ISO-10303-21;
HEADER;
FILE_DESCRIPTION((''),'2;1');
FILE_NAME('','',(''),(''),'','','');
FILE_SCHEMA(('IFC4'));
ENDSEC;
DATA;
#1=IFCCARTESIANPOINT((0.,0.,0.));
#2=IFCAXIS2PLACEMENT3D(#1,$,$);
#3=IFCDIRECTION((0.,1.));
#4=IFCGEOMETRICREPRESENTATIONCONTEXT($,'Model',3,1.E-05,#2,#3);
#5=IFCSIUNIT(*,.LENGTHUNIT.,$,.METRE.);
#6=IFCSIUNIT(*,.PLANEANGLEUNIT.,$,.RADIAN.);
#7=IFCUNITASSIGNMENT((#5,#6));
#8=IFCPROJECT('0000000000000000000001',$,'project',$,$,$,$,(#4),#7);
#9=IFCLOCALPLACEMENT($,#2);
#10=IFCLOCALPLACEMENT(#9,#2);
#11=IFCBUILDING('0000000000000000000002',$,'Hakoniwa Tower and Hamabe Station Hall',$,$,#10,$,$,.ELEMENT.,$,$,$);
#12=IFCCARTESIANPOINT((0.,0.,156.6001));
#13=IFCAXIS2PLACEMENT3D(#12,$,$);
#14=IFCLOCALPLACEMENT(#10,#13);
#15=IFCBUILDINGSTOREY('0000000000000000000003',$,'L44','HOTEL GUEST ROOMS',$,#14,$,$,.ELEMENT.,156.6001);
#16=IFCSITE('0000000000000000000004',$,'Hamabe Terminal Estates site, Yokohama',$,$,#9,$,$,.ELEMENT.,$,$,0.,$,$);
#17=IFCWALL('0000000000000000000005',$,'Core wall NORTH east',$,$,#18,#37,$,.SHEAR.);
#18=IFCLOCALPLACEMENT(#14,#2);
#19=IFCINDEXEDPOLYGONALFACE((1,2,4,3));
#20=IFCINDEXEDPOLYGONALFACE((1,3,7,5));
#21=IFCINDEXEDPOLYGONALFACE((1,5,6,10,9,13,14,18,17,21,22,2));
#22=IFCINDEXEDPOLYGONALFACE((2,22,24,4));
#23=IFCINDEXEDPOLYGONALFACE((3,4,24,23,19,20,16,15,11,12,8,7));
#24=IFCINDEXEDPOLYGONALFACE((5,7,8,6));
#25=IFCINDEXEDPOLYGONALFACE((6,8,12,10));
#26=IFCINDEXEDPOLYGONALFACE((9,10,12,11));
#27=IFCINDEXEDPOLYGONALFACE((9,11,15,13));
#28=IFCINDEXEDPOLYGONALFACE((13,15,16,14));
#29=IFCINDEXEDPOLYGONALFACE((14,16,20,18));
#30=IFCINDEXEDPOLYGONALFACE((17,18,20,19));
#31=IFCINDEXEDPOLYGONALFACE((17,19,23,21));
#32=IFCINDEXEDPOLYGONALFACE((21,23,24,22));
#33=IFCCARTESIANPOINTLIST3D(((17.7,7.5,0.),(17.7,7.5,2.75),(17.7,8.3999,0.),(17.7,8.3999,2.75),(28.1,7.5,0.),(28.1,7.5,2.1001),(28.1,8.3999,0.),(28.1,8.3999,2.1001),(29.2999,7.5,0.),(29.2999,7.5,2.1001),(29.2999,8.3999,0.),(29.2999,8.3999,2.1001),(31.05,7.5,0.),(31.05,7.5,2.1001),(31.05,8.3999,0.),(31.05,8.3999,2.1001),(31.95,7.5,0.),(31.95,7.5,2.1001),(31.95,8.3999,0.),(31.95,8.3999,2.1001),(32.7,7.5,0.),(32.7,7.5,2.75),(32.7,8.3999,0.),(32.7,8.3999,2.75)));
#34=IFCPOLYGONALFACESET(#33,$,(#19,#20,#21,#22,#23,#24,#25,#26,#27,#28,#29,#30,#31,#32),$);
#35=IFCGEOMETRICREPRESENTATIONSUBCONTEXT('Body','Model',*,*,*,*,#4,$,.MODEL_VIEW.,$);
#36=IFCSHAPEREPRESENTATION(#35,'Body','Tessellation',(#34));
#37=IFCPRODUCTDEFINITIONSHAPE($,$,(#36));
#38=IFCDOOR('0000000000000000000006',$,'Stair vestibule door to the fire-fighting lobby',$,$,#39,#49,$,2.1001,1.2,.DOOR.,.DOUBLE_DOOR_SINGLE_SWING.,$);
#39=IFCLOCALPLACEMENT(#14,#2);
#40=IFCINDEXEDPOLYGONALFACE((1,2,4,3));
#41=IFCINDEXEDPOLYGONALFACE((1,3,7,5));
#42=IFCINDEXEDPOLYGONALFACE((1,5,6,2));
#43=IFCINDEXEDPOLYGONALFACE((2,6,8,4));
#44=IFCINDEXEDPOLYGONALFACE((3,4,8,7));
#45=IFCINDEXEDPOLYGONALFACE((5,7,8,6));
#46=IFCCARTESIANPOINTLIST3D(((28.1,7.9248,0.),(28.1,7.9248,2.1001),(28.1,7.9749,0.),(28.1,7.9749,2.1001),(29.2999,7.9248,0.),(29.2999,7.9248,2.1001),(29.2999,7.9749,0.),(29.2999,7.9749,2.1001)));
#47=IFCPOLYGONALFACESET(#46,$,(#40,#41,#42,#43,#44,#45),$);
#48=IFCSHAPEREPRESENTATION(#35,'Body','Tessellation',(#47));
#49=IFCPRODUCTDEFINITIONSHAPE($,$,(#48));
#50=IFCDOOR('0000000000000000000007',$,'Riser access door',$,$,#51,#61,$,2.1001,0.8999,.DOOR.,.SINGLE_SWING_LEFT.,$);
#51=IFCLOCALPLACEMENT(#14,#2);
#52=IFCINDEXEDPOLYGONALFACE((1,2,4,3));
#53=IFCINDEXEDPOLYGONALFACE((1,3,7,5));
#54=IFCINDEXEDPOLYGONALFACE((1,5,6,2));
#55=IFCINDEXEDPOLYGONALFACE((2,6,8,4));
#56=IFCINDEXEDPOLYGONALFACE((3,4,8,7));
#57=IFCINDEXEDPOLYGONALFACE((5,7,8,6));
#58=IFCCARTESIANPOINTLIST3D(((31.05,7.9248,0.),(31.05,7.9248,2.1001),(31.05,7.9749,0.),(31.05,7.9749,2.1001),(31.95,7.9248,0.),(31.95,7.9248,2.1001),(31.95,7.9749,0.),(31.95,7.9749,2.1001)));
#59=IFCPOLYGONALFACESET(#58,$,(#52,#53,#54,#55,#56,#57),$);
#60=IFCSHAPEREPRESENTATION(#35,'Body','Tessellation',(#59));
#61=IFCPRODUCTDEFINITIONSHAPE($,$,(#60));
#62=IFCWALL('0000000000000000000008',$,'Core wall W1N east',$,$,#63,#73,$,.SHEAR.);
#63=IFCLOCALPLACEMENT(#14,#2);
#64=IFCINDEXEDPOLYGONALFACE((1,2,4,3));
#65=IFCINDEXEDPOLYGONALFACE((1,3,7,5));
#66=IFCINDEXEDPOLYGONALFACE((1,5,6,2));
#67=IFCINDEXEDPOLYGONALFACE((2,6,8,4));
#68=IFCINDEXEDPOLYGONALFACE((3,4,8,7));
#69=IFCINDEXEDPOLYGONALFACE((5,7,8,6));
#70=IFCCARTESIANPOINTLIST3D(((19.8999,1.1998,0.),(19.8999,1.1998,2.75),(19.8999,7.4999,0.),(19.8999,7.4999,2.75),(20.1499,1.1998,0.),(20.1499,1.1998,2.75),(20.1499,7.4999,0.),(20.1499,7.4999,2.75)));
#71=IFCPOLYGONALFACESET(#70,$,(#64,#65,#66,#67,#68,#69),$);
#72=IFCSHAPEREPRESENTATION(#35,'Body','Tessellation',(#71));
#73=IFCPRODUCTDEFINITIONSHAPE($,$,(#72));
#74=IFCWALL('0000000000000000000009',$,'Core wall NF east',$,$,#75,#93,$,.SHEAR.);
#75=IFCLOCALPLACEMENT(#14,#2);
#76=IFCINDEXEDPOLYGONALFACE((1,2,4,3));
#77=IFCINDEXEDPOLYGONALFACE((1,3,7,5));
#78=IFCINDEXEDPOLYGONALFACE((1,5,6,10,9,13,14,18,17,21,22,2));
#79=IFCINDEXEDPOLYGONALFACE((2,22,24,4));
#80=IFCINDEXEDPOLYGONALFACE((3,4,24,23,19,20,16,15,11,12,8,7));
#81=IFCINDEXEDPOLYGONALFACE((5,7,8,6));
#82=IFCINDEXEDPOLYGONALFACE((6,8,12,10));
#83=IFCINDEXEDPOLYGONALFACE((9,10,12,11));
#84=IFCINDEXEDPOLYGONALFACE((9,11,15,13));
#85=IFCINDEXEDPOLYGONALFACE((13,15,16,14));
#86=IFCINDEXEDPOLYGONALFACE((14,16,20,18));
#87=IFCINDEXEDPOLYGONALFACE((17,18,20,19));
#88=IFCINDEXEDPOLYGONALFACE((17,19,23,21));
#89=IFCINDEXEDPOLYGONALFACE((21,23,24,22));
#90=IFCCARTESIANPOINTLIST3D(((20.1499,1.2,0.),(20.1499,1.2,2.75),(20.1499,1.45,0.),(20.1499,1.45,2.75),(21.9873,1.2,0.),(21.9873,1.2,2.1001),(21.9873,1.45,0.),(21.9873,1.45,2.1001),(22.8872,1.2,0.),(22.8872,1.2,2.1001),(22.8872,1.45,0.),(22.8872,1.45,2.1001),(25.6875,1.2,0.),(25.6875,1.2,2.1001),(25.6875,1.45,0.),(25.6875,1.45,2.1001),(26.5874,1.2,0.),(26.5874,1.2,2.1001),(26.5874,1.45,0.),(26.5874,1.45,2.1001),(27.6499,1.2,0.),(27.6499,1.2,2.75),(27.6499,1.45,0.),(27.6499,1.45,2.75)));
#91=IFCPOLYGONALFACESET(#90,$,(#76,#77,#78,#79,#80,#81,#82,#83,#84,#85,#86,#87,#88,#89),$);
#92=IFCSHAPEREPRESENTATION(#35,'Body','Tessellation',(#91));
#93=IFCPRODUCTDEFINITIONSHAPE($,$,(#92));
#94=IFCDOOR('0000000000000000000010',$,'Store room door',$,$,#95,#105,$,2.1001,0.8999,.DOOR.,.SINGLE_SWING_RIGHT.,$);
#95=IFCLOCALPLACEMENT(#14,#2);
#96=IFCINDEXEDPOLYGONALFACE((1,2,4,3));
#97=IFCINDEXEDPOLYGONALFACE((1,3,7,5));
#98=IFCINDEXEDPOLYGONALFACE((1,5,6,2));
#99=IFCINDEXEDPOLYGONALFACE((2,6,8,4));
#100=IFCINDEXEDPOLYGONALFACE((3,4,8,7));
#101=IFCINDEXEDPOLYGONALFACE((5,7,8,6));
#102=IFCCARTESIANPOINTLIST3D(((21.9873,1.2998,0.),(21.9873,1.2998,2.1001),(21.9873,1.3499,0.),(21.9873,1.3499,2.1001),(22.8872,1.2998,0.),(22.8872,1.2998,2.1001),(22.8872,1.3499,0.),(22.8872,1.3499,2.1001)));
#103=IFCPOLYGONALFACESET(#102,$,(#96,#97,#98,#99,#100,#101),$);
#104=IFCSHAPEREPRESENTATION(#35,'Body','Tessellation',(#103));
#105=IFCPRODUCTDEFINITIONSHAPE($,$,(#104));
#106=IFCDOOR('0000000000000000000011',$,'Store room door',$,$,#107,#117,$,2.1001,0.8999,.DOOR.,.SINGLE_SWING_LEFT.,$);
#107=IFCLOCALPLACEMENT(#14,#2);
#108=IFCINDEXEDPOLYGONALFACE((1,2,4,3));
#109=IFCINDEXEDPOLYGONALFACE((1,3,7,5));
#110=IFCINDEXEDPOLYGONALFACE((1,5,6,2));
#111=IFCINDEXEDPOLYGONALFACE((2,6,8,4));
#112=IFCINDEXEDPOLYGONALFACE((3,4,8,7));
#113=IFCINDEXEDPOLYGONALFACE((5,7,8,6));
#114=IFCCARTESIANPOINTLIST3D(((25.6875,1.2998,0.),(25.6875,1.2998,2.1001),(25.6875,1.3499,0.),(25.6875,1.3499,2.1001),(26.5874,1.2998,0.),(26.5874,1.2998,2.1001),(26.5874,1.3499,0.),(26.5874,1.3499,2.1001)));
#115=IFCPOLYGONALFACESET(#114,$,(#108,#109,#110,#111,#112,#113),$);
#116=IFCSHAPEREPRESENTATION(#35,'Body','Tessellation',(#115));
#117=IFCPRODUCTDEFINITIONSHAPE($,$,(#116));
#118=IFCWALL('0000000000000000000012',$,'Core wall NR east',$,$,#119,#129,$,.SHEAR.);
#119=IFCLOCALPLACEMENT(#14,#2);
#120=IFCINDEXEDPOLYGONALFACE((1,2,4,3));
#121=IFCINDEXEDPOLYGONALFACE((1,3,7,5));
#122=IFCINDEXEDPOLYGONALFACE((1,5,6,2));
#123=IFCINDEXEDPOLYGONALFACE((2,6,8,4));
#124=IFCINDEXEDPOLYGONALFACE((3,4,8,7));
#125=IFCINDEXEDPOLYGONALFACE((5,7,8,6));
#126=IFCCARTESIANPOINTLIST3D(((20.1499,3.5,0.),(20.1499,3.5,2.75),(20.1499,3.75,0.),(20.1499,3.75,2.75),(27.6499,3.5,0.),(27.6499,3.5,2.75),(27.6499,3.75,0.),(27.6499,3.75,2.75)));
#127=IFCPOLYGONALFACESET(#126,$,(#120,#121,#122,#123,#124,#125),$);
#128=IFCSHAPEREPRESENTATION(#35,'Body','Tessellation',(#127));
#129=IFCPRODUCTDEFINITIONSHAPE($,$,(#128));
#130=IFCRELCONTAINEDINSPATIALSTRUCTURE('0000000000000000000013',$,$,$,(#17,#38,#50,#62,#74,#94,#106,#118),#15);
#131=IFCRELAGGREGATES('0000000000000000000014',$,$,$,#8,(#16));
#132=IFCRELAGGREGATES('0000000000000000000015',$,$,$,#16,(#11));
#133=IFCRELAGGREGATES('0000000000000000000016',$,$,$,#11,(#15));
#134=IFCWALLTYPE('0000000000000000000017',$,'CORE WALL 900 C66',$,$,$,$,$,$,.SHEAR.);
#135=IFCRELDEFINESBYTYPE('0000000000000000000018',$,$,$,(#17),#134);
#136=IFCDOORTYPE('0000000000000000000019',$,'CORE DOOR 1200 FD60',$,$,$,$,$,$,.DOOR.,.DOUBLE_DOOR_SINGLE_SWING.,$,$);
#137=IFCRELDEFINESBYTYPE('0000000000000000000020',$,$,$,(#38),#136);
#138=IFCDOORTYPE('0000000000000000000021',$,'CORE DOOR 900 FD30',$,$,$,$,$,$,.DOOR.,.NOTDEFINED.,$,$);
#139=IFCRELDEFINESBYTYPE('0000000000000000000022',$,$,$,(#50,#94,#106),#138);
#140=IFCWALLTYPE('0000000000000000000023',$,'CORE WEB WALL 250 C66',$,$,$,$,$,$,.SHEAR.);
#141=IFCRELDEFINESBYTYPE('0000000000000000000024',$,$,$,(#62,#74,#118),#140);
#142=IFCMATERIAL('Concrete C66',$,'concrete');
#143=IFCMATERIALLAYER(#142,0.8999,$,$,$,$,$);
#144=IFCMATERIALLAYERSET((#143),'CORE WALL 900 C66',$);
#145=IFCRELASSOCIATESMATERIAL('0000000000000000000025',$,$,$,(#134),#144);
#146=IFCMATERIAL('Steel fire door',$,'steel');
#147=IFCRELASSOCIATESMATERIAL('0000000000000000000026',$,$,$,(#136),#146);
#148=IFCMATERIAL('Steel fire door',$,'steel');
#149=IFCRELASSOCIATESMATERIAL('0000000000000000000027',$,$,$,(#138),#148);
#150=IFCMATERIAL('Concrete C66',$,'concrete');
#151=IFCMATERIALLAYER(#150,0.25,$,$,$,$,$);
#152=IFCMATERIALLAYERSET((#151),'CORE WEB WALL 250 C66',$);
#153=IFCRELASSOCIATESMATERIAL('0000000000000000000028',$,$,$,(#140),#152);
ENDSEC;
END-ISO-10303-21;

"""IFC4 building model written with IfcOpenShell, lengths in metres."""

from ifc_helpers import new_model, si_unit, direction, frame, frame_2d, origin, place, context, subcontext, project, spatial, rectangle, extrude, material, layer, layer_set, type_object, element, fill, save


model = new_model("IFC4")

# Units and contexts
model_context = context("Model", 3, precision=1e-05, world=origin(), true_north=direction((0.0, 1.0)))
body_context = subcontext(model_context, "Body", "Model", "MODEL_VIEW")
ifc_project = project(units=[si_unit("LENGTHUNIT", "METRE"), si_unit("PLANEANGLEUNIT", "RADIAN")], contexts=[model_context])

# Site, building, storey
site_placement = place(None, origin())
site = spatial("IfcSite", under=ifc_project, at=site_placement, Name="Hamabe Terminal Estates site, Yokohama", CompositionType="ELEMENT", RefElevation=0.0)
building_placement = place(site_placement, origin())
building = spatial("IfcBuilding", under=site, at=building_placement, Name="Hakoniwa Tower and Hamabe Station Hall", CompositionType="ELEMENT")
storey_placement = place(building_placement, frame((0.0, 0.0, 156.6001)))
storey = spatial("IfcBuildingStorey", under=building, at=storey_placement, Name="L44", Description="HOTEL GUEST ROOMS", CompositionType="ELEMENT", Elevation=156.6001)

# Wall, openings, doors
ifc_material_1 = material(Name="Concrete C66", Category="concrete")
ifc_layer_1 = layer(ifc_material_1, 0.8999)
ifc_layer_set_1 = layer_set([ifc_layer_1], Name="CORE WALL 900 C66")
wall_type_1 = type_object("IfcWallType", Name="CORE WALL 900 C66", PredefinedType="SHEAR", material=ifc_layer_set_1)
wall_1_placement = place(storey_placement, frame((17.7, 7.95, 0.0), z_axis=(0.0, 0.0, 1.0), x_axis=(1.0, 0.0, 0.0)))
wall_1 = element("IfcWall", 1, at=wall_1_placement, inside=storey, type_object=wall_type_1, Name="Core wall NORTH east", PredefinedType="SHEAR", context=body_context, shape_type="SweptSolid", body=[
    extrude(rectangle(XDim=15.0, YDim=0.8999, at=frame_2d((7.5, 0.0))), origin(), (0.0, 0.0, 1.0), 2.75),
])
opening_1_placement = place(wall_1_placement, frame((10.3999, 0.0, 0.0)))
opening_1 = element("IfcOpeningElement", 2, at=opening_1_placement, cuts=wall_1, PredefinedType="OPENING", context=body_context, shape_type="SweptSolid", body=[
    extrude(rectangle(XDim=1.2, YDim=2.1001, at=frame_2d((0.6001, 1.05))), frame((0.0, 0.46, 0.0), z_axis=(0.0, -1.0, 0.0), x_axis=(1.0, 0.0, 0.0)), (0.0, 0.0, 1.0), 0.9199),
])
opening_2_placement = place(wall_1_placement, frame((13.3501, 0.0, 0.0)))
opening_2 = element("IfcOpeningElement", 3, at=opening_2_placement, cuts=wall_1, PredefinedType="OPENING", context=body_context, shape_type="SweptSolid", body=[
    extrude(rectangle(XDim=0.8999, YDim=2.1001, at=frame_2d((0.45, 1.05))), frame((0.0, 0.46, 0.0), z_axis=(0.0, -1.0, 0.0), x_axis=(1.0, 0.0, 0.0)), (0.0, 0.0, 1.0), 0.9199),
])
ifc_material_2 = material(Name="Steel fire door", Category="steel")
door_type_1 = type_object("IfcDoorType", Name="CORE DOOR 1200 FD60", OperationType="DOUBLE_DOOR_SINGLE_SWING", PredefinedType="DOOR", material=ifc_material_2)
door_1_placement = place(opening_1_placement, origin())
door_1 = element("IfcDoor", 4, at=door_1_placement, inside=storey, type_object=door_type_1, Name="Stair vestibule door to the fire-fighting lobby", OperationType="DOUBLE_DOOR_SINGLE_SWING", OverallHeight=2.1001, OverallWidth=1.2, PredefinedType="DOOR", context=body_context, shape_type="SweptSolid", body=[
    extrude(rectangle(XDim=1.2, YDim=2.1001, at=frame_2d((0.6001, 1.05))), frame((0.0, 0.0249, 0.0), z_axis=(0.0, -1.0, 0.0), x_axis=(1.0, 0.0, 0.0)), (0.0, 0.0, 1.0), 0.05),
])
fill(opening_1, door_1)
ifc_material_3 = material(Name="Steel fire door", Category="steel")
door_type_2 = type_object("IfcDoorType", Name="CORE DOOR 900 FD30", OperationType="NOTDEFINED", PredefinedType="DOOR", material=ifc_material_3)
door_2_placement = place(opening_2_placement, origin())
door_2 = element("IfcDoor", 5, at=door_2_placement, inside=storey, type_object=door_type_2, Name="Riser access door", OperationType="SINGLE_SWING_LEFT", OverallHeight=2.1001, OverallWidth=0.8999, PredefinedType="DOOR", context=body_context, shape_type="SweptSolid", body=[
    extrude(rectangle(XDim=0.8999, YDim=2.1001, at=frame_2d((0.45, 1.05))), frame((0.0, 0.0249, 0.0), z_axis=(0.0, -1.0, 0.0), x_axis=(1.0, 0.0, 0.0)), (0.0, 0.0, 1.0), 0.05),
])
fill(opening_2, door_2)

# Wall
ifc_material_4 = material(Name="Concrete C66", Category="concrete")
ifc_layer_2 = layer(ifc_material_4, 0.25)
ifc_layer_set_2 = layer_set([ifc_layer_2], Name="CORE WEB WALL 250 C66")
wall_type_2 = type_object("IfcWallType", Name="CORE WEB WALL 250 C66", PredefinedType="SHEAR", material=ifc_layer_set_2)
wall_2_placement = place(storey_placement, frame((20.0249, 1.2, 0.0), z_axis=(0.0, 0.0, 1.0), x_axis=(0.0, 1.0, 0.0)))
element("IfcWall", 6, at=wall_2_placement, inside=storey, type_object=wall_type_2, Name="Core wall W1N east", PredefinedType="SHEAR", context=body_context, shape_type="SweptSolid", body=[
    extrude(rectangle(XDim=6.3, YDim=0.25, at=frame_2d((3.1499, 0.0))), origin(), (0.0, 0.0, 1.0), 2.75),
])

# Wall, openings, doors
wall_3_placement = place(storey_placement, frame((20.1499, 1.325, 0.0), z_axis=(0.0, 0.0, 1.0), x_axis=(1.0, 0.0, 0.0)))
wall_3 = element("IfcWall", 7, at=wall_3_placement, inside=storey, type_object=wall_type_2, Name="Core wall NF east", PredefinedType="SHEAR", context=body_context, shape_type="SweptSolid", body=[
    extrude(rectangle(XDim=7.5, YDim=0.25, at=frame_2d((3.75, 0.0))), origin(), (0.0, 0.0, 1.0), 2.75),
])
opening_3_placement = place(wall_3_placement, frame((1.8374, 0.0, 0.0)))
opening_3 = element("IfcOpeningElement", 8, at=opening_3_placement, cuts=wall_3, PredefinedType="OPENING", context=body_context, shape_type="SweptSolid", body=[
    extrude(rectangle(XDim=0.8999, YDim=2.1001, at=frame_2d((0.45, 1.05))), frame((0.0, 0.135, 0.0), z_axis=(0.0, -1.0, 0.0), x_axis=(1.0, 0.0, 0.0)), (0.0, 0.0, 1.0), 0.27),
])
opening_4_placement = place(wall_3_placement, frame((5.5376, 0.0, 0.0)))
opening_4 = element("IfcOpeningElement", 9, at=opening_4_placement, cuts=wall_3, PredefinedType="OPENING", context=body_context, shape_type="SweptSolid", body=[
    extrude(rectangle(XDim=0.8999, YDim=2.1001, at=frame_2d((0.45, 1.05))), frame((0.0, 0.135, 0.0), z_axis=(0.0, -1.0, 0.0), x_axis=(1.0, 0.0, 0.0)), (0.0, 0.0, 1.0), 0.27),
])
door_3_placement = place(opening_3_placement, origin())
door_3 = element("IfcDoor", 10, at=door_3_placement, inside=storey, type_object=door_type_2, Name="Store room door", OperationType="SINGLE_SWING_RIGHT", OverallHeight=2.1001, OverallWidth=0.8999, PredefinedType="DOOR", context=body_context, shape_type="SweptSolid", body=[
    extrude(rectangle(XDim=0.8999, YDim=2.1001, at=frame_2d((0.45, 1.05))), frame((0.0, 0.0249, 0.0), z_axis=(0.0, -1.0, 0.0), x_axis=(1.0, 0.0, 0.0)), (0.0, 0.0, 1.0), 0.05),
])
fill(opening_3, door_3)
door_4_placement = place(opening_4_placement, origin())
door_4 = element("IfcDoor", 11, at=door_4_placement, inside=storey, type_object=door_type_2, Name="Store room door", OperationType="SINGLE_SWING_LEFT", OverallHeight=2.1001, OverallWidth=0.8999, PredefinedType="DOOR", context=body_context, shape_type="SweptSolid", body=[
    extrude(rectangle(XDim=0.8999, YDim=2.1001, at=frame_2d((0.45, 1.05))), frame((0.0, 0.0249, 0.0), z_axis=(0.0, -1.0, 0.0), x_axis=(1.0, 0.0, 0.0)), (0.0, 0.0, 1.0), 0.05),
])
fill(opening_4, door_4)

# Wall
wall_4_placement = place(storey_placement, frame((20.1499, 3.625, 0.0), z_axis=(0.0, 0.0, 1.0), x_axis=(1.0, 0.0, 0.0)))
element("IfcWall", 12, at=wall_4_placement, inside=storey, type_object=wall_type_2, Name="Core wall NR east", PredefinedType="SHEAR", context=body_context, shape_type="SweptSolid", body=[
    extrude(rectangle(XDim=7.5, YDim=0.25, at=frame_2d((3.75, 0.0))), origin(), (0.0, 0.0, 1.0), 2.75),
])

save(model, "model.ifc")
